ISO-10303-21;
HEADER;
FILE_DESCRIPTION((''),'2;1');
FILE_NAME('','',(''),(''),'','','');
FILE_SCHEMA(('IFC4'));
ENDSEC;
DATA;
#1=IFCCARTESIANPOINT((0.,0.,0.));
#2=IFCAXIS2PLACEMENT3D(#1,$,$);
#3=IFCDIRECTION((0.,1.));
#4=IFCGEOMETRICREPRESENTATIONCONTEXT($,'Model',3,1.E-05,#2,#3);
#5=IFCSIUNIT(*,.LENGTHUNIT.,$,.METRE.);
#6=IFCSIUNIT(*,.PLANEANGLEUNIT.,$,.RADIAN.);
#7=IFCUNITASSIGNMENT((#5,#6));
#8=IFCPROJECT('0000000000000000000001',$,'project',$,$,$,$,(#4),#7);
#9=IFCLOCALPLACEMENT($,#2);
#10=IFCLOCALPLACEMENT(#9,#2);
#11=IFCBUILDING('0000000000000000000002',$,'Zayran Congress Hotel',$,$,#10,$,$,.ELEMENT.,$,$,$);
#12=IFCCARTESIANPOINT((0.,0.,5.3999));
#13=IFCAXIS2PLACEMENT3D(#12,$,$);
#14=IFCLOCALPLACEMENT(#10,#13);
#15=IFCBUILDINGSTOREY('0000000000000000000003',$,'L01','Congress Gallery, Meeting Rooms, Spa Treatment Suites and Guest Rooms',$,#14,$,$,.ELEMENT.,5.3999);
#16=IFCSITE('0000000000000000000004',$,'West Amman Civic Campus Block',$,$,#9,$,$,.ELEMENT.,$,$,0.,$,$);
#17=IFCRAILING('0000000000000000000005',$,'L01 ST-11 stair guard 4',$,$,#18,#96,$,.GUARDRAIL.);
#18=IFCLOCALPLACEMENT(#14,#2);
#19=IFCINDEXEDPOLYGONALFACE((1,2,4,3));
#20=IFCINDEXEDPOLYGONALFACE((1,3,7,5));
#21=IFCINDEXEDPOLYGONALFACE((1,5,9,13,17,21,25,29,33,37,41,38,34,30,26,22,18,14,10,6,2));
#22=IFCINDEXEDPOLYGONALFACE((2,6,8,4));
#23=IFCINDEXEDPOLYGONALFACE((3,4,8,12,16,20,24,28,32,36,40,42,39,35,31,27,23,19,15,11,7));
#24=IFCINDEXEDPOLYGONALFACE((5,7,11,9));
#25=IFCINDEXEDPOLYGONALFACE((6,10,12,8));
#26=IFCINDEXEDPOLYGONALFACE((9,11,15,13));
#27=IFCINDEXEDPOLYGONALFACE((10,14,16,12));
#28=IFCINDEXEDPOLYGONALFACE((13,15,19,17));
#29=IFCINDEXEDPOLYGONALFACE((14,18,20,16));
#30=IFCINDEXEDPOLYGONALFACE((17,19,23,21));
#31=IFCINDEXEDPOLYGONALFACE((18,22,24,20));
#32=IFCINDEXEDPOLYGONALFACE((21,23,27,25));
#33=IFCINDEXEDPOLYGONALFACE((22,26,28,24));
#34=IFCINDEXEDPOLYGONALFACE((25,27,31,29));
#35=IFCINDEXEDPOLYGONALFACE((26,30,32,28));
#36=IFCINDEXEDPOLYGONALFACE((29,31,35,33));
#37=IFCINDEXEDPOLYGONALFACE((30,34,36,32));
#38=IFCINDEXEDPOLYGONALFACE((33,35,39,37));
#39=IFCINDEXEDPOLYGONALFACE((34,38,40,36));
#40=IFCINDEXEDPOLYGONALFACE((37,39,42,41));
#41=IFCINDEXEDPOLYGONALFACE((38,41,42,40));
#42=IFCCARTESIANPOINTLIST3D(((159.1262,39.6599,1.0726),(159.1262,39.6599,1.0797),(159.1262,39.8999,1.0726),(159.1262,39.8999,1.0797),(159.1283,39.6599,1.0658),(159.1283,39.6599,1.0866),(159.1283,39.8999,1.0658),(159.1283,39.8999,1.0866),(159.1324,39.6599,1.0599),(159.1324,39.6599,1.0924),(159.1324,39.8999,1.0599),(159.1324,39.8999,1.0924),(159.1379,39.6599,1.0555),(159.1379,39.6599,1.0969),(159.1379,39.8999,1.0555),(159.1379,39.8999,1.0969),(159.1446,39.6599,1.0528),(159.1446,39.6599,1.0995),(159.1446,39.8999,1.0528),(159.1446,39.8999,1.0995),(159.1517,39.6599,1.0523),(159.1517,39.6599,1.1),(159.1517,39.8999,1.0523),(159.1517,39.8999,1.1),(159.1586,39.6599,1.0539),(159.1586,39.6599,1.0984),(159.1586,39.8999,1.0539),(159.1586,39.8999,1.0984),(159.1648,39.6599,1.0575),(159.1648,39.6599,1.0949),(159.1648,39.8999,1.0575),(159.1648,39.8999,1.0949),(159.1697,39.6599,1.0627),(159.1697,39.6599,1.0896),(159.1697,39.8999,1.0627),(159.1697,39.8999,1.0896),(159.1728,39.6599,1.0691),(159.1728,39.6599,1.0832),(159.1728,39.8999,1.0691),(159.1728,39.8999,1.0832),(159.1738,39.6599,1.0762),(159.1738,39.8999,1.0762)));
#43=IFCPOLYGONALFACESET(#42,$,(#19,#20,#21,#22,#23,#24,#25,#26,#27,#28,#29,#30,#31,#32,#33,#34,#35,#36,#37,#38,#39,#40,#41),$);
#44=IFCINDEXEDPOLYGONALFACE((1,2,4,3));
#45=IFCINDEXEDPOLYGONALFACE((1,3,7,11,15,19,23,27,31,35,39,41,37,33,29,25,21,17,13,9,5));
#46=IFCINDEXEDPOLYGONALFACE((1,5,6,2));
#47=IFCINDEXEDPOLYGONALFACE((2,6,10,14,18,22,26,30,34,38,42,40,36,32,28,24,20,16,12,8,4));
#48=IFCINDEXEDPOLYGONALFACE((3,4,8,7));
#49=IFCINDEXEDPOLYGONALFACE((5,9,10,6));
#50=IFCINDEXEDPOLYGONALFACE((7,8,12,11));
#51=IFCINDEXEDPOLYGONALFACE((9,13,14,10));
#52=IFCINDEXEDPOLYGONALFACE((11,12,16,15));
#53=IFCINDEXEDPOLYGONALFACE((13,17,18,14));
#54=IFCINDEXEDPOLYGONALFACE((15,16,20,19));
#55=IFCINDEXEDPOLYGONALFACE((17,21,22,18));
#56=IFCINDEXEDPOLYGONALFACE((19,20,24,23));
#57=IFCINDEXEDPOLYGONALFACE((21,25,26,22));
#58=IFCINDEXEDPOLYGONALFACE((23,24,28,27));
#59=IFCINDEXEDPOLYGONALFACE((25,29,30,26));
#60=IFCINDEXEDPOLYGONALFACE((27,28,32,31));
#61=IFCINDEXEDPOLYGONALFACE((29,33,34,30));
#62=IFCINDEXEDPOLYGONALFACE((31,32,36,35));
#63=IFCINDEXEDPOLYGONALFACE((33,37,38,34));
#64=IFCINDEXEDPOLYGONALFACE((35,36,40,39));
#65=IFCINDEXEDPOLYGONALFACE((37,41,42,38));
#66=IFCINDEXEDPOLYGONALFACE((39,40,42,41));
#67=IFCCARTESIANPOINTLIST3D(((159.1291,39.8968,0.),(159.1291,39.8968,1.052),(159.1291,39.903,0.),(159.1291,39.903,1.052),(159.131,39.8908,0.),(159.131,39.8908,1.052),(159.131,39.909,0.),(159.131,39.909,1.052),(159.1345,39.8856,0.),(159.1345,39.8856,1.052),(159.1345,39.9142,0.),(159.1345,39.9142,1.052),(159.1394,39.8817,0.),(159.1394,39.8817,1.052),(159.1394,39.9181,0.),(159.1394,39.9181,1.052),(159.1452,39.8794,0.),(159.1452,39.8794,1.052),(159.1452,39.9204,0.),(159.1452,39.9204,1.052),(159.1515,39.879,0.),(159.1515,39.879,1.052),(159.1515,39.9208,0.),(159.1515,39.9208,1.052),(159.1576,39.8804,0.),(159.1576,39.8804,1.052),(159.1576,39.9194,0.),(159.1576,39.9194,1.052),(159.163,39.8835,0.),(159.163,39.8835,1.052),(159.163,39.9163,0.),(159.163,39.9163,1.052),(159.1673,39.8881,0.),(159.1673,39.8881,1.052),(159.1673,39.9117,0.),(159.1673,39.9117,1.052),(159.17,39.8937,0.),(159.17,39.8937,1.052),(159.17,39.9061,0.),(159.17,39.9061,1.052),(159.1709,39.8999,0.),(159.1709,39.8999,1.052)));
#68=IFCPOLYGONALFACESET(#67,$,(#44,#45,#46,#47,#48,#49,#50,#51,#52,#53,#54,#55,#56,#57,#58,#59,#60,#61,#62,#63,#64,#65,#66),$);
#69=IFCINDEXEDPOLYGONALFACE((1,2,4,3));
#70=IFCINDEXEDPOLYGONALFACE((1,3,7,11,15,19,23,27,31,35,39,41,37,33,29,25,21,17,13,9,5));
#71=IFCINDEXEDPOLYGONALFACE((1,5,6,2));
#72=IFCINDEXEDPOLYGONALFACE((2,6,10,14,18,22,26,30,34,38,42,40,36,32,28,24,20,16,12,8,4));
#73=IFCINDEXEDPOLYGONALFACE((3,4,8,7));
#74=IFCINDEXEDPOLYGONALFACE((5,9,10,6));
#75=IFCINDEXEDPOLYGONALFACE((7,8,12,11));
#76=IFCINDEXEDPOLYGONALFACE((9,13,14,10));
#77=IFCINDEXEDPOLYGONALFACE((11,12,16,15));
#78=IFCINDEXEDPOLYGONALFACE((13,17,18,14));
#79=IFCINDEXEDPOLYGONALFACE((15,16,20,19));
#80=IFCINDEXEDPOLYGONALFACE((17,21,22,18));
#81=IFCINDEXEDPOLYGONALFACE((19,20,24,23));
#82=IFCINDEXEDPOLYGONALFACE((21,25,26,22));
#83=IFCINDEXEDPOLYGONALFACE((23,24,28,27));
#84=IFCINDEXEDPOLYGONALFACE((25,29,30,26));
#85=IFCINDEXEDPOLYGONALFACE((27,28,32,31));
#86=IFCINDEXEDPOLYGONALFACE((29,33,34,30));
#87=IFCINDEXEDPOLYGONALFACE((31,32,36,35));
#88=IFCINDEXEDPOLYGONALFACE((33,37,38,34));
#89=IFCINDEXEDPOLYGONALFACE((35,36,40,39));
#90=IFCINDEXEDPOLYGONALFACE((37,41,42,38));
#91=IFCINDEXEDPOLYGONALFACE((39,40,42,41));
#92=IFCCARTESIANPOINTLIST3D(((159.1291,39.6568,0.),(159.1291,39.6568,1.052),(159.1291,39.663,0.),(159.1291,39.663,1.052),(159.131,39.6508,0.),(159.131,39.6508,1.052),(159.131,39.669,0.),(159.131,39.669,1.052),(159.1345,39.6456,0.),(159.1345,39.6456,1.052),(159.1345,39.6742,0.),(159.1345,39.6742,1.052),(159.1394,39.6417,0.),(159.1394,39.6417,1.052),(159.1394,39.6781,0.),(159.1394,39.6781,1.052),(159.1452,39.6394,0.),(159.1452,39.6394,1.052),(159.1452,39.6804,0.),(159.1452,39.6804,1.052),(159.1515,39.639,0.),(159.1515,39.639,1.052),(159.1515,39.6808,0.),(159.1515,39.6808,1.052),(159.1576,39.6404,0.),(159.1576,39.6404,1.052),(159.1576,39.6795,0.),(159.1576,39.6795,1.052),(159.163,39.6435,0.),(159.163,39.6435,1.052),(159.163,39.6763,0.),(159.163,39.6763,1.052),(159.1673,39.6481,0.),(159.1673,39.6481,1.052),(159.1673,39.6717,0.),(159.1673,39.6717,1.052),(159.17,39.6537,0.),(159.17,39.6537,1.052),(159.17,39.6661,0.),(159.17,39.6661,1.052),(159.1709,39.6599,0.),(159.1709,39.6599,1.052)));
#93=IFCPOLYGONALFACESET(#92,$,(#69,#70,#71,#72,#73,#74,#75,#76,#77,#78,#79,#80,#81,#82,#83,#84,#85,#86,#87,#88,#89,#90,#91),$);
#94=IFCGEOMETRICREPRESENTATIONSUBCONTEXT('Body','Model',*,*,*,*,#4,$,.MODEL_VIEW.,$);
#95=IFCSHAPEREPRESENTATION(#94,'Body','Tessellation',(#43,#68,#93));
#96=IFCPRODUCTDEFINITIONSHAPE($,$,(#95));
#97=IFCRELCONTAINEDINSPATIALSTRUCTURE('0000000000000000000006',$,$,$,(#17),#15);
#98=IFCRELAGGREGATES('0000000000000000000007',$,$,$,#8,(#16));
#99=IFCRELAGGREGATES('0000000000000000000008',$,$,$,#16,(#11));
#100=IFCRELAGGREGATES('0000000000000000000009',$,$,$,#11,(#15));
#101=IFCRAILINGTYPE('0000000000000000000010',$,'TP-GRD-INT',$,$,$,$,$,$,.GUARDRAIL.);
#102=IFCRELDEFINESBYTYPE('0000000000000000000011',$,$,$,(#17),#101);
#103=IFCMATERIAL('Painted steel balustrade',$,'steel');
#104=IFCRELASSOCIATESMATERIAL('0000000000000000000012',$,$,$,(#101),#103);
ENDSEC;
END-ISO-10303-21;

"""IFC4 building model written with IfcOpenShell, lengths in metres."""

from ifc_helpers import new_model, si_unit, direction, frame, origin, origin_2d, place, context, subcontext, project, spatial, circle, extrude, material, type_object, element, save


model = new_model("IFC4")

# Units and contexts
model_context = context("Model", 3, precision=1e-05, world=origin(), true_north=direction((0.0, 1.0)))
body_context = subcontext(model_context, "Body", "Model", "MODEL_VIEW")
ifc_project = project(units=[si_unit("LENGTHUNIT", "METRE"), si_unit("PLANEANGLEUNIT", "RADIAN")], contexts=[model_context])

# Site, building, storey
site_placement = place(None, origin())
site = spatial("IfcSite", under=ifc_project, at=site_placement, Name="West Amman Civic Campus Block", CompositionType="ELEMENT", RefElevation=0.0)
building_placement = place(site_placement, origin())
building = spatial("IfcBuilding", under=site, at=building_placement, Name="Zayran Congress Hotel", CompositionType="ELEMENT")
storey_placement = place(building_placement, frame((0.0, 0.0, 5.3999)))
storey = spatial("IfcBuildingStorey", under=building, at=storey_placement, Name="L01", Description="Congress Gallery, Meeting Rooms, Spa Treatment Suites and Guest Rooms", CompositionType="ELEMENT", Elevation=5.3999)

# Railing
ifc_material_1 = material(Name="Painted steel balustrade", Category="steel")
railing_type_1 = type_object("IfcRailingType", Name="TP-GRD-INT", PredefinedType="GUARDRAIL", material=ifc_material_1)
railing_1_placement = place(storey_placement, frame((159.1499, 39.8999, 0.0)))
element("IfcRailing", 1, at=railing_1_placement, inside=storey, type_object=railing_type_1, Name="L01 ST-11 stair guard 4", PredefinedType="GUARDRAIL", context=body_context, shape_type="SweptSolid", body=[
    extrude(circle(Radius=0.0239, at=origin_2d()), frame((0.0, 0.0, 1.0762), z_axis=(0.0, -1.0, 0.0), x_axis=(1.0, 0.0, 0.0)), (0.0, 0.0, 1.0), 0.24),
    extrude(circle(Radius=0.021, at=origin_2d()), origin(), (0.0, 0.0, 1.0), 1.052),
    extrude(circle(Radius=0.021, at=origin_2d()), frame((0.0, -0.24, 0.0)), (0.0, 0.0, 1.0), 1.052),
])

save(model, "model.ifc")
